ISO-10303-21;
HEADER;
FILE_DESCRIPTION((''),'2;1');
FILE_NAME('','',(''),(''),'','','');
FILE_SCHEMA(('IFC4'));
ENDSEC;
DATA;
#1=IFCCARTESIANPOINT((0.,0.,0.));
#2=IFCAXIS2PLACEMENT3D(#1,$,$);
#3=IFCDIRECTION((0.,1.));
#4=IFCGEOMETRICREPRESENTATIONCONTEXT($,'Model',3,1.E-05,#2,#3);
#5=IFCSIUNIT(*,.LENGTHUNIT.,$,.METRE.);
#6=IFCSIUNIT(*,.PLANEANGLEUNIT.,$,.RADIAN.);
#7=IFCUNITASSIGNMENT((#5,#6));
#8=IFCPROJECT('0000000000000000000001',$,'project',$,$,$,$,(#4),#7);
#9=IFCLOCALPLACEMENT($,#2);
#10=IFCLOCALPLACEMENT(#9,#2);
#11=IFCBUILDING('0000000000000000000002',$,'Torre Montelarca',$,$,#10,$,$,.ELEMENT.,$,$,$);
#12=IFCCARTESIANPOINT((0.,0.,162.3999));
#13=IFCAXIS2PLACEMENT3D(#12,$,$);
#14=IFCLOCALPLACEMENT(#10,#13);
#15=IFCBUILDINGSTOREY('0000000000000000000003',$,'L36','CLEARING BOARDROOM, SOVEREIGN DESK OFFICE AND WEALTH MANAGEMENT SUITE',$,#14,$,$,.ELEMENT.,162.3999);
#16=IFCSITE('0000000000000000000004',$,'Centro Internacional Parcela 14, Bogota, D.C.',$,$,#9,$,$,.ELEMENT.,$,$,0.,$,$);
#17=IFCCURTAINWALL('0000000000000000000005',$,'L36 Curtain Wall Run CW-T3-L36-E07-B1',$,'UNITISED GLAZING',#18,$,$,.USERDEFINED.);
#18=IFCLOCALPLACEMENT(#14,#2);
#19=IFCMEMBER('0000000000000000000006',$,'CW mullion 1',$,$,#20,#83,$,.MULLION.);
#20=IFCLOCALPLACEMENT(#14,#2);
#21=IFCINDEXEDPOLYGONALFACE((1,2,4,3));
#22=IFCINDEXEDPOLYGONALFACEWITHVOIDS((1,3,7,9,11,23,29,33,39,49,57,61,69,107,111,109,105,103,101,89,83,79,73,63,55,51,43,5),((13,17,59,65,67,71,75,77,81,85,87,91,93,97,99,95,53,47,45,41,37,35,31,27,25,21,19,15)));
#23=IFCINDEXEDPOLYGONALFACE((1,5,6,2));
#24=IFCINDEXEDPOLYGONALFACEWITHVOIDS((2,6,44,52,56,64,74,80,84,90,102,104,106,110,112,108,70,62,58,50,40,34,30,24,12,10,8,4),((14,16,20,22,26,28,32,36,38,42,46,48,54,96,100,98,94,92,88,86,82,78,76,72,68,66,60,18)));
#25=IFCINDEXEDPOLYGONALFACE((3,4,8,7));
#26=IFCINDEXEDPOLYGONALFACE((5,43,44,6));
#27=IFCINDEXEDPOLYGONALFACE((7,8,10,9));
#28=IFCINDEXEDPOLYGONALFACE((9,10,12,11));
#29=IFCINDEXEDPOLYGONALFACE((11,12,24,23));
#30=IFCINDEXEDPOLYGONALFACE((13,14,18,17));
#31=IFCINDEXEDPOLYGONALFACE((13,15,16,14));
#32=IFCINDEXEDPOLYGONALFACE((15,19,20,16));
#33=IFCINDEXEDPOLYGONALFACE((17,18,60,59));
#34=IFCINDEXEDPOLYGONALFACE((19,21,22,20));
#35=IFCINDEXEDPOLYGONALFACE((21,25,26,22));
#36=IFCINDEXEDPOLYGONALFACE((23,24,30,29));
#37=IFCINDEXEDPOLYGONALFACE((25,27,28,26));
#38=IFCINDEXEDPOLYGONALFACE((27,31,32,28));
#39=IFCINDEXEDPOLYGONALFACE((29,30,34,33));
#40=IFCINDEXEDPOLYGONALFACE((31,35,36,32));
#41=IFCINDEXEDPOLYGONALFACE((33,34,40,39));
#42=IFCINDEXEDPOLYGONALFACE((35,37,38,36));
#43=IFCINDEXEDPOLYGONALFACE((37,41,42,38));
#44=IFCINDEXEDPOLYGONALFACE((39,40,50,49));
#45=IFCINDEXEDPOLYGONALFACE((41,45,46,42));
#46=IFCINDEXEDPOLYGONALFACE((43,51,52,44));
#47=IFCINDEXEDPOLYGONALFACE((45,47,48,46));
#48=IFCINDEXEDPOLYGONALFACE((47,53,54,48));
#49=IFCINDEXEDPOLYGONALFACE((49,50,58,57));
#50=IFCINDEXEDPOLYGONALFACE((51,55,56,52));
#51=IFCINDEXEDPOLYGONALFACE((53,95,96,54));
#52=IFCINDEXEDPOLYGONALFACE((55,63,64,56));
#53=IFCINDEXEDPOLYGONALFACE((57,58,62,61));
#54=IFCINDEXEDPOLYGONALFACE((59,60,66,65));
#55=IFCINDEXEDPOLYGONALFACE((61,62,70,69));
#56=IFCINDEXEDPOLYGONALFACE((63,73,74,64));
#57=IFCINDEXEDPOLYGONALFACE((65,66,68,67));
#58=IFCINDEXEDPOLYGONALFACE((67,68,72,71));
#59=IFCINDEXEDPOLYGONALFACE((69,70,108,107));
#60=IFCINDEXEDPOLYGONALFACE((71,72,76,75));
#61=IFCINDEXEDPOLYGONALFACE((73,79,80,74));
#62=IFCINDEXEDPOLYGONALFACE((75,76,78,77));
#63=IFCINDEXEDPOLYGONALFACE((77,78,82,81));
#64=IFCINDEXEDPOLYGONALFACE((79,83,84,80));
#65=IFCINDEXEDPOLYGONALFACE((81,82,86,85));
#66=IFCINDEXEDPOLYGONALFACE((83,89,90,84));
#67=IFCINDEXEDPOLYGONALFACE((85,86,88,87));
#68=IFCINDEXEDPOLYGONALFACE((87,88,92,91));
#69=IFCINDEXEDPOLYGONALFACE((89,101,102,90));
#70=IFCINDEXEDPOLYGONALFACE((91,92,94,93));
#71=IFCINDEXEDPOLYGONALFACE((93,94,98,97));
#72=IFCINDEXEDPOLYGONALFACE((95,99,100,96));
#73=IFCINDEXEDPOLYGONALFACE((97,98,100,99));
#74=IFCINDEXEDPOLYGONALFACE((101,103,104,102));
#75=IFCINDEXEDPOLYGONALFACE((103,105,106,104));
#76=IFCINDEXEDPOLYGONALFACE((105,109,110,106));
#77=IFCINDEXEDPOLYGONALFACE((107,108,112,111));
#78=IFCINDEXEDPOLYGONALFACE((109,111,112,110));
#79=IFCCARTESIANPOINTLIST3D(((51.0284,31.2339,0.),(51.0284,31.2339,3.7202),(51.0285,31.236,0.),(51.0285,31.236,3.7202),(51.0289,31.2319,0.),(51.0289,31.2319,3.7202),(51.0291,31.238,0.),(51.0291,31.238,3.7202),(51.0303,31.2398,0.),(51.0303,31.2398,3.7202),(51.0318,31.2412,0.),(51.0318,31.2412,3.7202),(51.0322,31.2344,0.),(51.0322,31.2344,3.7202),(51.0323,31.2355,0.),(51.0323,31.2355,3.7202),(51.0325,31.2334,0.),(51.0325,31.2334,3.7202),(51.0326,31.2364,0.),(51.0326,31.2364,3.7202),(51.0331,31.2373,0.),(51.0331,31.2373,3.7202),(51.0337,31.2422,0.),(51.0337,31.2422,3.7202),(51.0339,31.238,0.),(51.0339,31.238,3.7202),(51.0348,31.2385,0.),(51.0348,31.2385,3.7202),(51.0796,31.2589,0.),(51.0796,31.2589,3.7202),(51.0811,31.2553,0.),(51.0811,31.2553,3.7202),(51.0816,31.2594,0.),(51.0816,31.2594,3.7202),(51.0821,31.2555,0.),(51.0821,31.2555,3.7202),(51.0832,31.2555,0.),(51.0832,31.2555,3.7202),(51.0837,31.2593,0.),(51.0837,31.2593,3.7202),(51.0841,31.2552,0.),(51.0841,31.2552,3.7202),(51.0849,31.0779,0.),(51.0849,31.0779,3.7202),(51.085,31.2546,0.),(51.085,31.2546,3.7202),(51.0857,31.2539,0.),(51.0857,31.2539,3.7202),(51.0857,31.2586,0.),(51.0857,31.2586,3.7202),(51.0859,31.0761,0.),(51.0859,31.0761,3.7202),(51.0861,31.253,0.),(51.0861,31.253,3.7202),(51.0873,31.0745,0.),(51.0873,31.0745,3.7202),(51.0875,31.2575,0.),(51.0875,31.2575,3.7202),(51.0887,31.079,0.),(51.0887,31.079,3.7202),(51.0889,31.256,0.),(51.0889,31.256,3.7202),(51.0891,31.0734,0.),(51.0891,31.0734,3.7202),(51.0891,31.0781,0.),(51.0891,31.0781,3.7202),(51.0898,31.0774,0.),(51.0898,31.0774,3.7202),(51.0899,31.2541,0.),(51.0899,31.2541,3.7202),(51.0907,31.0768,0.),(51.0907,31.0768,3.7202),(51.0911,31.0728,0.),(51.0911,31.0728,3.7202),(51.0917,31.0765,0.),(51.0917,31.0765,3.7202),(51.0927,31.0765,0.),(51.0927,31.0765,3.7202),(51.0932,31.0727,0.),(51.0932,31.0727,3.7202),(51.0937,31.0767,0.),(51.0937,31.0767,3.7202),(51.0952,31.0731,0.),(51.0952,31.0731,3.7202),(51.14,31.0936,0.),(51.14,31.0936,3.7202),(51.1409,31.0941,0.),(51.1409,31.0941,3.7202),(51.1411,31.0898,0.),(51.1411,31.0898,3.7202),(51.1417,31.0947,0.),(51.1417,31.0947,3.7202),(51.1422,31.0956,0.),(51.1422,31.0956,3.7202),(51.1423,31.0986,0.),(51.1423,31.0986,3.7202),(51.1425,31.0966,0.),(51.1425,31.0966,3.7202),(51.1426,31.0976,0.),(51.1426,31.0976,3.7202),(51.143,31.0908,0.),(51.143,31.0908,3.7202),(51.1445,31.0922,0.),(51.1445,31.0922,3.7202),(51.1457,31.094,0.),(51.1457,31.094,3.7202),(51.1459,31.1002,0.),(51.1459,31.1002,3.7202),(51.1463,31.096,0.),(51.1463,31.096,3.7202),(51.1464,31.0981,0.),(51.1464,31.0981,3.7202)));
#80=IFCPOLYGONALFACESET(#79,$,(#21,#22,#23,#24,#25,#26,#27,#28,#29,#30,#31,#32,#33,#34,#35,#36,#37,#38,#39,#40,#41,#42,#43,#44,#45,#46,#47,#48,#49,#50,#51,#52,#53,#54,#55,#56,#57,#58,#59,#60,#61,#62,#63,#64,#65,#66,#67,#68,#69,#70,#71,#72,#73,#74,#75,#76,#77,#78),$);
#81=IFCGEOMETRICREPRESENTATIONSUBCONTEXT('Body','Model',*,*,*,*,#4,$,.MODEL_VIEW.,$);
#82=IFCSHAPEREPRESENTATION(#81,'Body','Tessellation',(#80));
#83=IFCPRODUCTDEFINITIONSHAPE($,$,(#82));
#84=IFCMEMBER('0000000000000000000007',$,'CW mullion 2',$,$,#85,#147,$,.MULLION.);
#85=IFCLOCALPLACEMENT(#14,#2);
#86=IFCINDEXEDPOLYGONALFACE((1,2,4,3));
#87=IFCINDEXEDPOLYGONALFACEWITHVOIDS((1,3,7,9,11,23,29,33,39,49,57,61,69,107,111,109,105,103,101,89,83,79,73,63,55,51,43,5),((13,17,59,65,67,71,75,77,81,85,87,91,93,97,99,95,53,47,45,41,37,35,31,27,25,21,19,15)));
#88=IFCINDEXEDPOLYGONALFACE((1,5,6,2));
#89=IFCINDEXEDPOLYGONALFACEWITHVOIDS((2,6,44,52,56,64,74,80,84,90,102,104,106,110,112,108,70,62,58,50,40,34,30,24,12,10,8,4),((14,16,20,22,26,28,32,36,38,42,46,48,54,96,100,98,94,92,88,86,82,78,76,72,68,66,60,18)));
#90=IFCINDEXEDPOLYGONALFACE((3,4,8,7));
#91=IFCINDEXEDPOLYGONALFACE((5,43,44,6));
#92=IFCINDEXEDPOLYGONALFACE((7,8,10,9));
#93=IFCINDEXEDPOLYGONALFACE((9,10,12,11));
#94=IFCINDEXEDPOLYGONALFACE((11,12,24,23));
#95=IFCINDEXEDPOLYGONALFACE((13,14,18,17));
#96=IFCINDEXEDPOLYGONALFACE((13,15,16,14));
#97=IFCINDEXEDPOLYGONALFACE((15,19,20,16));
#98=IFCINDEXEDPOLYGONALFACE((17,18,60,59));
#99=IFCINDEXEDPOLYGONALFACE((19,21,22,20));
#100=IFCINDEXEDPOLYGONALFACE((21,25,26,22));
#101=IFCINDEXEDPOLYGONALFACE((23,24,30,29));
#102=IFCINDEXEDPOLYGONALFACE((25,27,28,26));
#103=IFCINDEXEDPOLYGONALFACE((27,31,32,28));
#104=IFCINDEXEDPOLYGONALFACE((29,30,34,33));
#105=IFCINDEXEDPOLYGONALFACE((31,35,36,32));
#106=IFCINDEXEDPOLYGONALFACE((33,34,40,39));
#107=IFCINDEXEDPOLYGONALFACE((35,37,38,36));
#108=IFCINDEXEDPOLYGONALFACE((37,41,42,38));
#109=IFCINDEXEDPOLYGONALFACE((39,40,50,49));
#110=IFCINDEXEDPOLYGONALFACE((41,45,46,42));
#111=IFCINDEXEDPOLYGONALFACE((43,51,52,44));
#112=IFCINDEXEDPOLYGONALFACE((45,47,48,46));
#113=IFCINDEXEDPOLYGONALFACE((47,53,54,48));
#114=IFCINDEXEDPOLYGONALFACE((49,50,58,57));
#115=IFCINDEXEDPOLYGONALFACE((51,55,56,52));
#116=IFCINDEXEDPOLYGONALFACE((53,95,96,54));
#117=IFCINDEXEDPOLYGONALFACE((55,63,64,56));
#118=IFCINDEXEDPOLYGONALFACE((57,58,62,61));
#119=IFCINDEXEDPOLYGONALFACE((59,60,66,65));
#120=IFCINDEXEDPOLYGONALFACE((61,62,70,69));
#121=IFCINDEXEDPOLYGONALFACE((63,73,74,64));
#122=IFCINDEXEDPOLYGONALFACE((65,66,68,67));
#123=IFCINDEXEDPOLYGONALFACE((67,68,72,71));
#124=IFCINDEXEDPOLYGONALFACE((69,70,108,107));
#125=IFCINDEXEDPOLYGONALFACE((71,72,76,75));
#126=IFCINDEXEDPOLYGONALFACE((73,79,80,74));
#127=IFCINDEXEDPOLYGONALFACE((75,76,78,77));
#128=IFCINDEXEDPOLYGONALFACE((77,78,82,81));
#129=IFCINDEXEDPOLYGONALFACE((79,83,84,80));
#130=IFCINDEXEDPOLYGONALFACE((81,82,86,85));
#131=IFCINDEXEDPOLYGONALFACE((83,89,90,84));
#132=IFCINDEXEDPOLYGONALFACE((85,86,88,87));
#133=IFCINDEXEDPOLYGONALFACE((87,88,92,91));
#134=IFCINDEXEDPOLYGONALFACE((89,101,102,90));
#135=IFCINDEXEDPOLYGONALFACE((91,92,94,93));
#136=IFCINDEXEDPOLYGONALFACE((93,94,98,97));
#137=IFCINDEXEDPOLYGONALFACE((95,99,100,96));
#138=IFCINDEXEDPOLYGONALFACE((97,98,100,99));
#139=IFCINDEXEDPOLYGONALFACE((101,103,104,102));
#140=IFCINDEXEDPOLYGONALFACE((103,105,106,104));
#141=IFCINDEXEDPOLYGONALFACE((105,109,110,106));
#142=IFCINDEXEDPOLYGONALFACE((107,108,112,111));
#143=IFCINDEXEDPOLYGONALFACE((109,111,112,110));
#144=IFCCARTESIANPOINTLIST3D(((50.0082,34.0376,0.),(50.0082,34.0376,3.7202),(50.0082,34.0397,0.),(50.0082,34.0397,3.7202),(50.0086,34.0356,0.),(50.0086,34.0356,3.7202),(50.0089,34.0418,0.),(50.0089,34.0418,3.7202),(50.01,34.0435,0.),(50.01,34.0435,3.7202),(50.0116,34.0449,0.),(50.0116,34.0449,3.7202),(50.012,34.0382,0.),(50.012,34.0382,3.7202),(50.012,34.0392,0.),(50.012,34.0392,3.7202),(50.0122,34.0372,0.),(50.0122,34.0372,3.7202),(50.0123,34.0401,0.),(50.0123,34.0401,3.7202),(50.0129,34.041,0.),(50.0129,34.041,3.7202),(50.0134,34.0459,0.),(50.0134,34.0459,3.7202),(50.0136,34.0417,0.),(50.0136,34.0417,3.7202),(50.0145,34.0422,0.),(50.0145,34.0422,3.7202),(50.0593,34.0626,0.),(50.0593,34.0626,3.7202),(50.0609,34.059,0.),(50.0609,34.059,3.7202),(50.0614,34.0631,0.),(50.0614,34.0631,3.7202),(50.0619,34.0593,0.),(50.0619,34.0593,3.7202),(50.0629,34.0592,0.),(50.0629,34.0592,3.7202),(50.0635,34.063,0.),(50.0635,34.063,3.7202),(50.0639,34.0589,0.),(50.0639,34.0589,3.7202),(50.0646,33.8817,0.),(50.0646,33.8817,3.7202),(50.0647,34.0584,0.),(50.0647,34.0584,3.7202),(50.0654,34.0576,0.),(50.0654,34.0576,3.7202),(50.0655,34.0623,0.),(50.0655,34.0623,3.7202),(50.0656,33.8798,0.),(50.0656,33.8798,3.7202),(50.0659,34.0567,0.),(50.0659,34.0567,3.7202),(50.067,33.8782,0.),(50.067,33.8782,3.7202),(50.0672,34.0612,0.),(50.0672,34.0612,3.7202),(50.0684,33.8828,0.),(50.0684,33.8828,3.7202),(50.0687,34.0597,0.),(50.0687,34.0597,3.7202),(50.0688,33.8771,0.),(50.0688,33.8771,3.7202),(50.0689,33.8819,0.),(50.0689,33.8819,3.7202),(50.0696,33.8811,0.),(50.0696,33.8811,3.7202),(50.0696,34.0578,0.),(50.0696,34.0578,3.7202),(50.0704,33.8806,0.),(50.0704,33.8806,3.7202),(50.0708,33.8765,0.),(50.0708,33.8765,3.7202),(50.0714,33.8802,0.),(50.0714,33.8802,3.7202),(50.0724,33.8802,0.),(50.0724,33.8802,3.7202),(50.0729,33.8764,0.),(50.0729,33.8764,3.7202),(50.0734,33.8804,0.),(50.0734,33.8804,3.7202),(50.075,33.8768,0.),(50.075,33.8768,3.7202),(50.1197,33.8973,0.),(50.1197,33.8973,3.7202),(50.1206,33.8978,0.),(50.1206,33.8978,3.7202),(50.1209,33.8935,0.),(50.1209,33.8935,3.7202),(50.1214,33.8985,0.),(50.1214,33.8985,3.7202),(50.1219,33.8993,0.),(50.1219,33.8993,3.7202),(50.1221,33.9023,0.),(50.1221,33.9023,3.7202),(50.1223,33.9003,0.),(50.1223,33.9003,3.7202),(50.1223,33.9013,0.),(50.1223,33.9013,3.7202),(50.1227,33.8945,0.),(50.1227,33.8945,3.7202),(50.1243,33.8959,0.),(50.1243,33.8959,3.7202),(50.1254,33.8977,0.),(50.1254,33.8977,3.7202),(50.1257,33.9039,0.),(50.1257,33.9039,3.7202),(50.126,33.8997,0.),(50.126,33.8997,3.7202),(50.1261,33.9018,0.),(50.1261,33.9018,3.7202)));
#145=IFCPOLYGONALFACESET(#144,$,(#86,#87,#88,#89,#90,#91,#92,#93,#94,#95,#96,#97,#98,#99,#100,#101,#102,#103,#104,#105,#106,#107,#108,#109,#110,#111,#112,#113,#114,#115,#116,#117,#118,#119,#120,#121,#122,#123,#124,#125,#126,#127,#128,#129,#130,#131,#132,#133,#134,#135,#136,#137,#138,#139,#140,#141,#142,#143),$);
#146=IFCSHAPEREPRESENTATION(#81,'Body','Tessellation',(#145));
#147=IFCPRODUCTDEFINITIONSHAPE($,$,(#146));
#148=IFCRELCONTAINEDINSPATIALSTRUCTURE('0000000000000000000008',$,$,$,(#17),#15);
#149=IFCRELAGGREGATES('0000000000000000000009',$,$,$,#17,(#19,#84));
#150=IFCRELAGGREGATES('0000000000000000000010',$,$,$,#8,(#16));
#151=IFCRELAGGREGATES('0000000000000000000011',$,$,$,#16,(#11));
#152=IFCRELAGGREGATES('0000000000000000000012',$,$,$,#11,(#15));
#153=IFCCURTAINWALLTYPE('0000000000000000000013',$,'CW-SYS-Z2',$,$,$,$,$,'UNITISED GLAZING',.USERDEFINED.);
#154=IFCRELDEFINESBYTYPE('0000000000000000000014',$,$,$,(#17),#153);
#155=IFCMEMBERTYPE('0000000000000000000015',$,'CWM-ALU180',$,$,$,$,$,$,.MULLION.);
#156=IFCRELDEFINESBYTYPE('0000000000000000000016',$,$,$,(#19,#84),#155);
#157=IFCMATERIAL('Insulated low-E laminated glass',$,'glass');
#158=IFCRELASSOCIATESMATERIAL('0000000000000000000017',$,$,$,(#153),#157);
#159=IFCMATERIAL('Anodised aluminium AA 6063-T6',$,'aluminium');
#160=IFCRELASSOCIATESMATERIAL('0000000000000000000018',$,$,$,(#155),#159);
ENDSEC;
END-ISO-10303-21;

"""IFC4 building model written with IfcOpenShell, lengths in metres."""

from ifc_helpers import new_model, si_unit, direction, frame, origin, origin_2d, place, context, subcontext, project, spatial, hollow_rectangle, extrude, source, transform, mapped, material, material_profile, profile_set, type_object, element, aggregate, save


model = new_model("IFC4")

# Units and contexts
model_context = context("Model", 3, precision=1e-05, world=origin(), true_north=direction((0.0, 1.0)))
body_context = subcontext(model_context, "Body", "Model", "MODEL_VIEW")
ifc_project = project(units=[si_unit("LENGTHUNIT", "METRE"), si_unit("PLANEANGLEUNIT", "RADIAN")], contexts=[model_context])

# Site, building, storey
site_placement = place(None, origin())
site = spatial("IfcSite", under=ifc_project, at=site_placement, Name="Centro Internacional Parcela 14, Bogota, D.C.", CompositionType="ELEMENT", RefElevation=0.0)
building_placement = place(site_placement, origin())
building = spatial("IfcBuilding", under=site, at=building_placement, Name="Torre Montelarca", CompositionType="ELEMENT")
storey_placement = place(building_placement, frame((0.0, 0.0, 162.3999)))
storey = spatial("IfcBuildingStorey", under=building, at=storey_placement, Name="L36", Description="CLEARING BOARDROOM, SOVEREIGN DESK OFFICE AND WEALTH MANAGEMENT SUITE", CompositionType="ELEMENT", Elevation=162.3999)

# Curtain wall, members
ifc_material_1 = material(Name="Insulated low-E laminated glass", Category="glass")
curtain_wall_type = type_object("IfcCurtainWallType", Name="CW-SYS-Z2", ElementType="UNITISED GLAZING", PredefinedType="USERDEFINED", material=ifc_material_1)
curtain_wall_1_placement = place(storey_placement, origin())
curtain_wall_1 = element("IfcCurtainWall", 1, at=curtain_wall_1_placement, inside=storey, type_object=curtain_wall_type, Name="L36 Curtain Wall Run CW-T3-L36-E07-B1", ObjectType="UNITISED GLAZING", PredefinedType="USERDEFINED")
ifc_material_2 = material(Name="Anodised aluminium AA 6063-T6", Category="aluminium")
ifc_material_profile_1 = material_profile(ifc_material_2, hollow_rectangle(XDim=0.0649, YDim=0.1799, WallThickness=0.0039, InnerFilletRadius=0.0039, OuterFilletRadius=0.0081, at=origin_2d()), Name="ALU65X180X4", Category="aluminium")
ifc_profile_set_1 = profile_set([ifc_material_profile_1], Name="Anodised aluminium AA 6063-T6")
member_type_1 = type_object("IfcMemberType", Name="CWM-ALU180", PredefinedType="MULLION", material=ifc_profile_set_1)
shared_shape_1 = source(origin(), body_context, "Body", "SweptSolid", [
    extrude(hollow_rectangle(XDim=0.0649, YDim=0.1799, WallThickness=0.0039, InnerFilletRadius=0.0039, OuterFilletRadius=0.0081, at=origin_2d()), origin(), (0.0, 0.0, 1.0), 3.7202),
])
member_1_placement = place(storey_placement, frame((51.0874, 31.166, 0.0), z_axis=(0.0, 0.0, 1.0), x_axis=(-0.939692, -0.342021, 0.0)))
member_1 = element("IfcMember", 2, at=member_1_placement, type_object=member_type_1, Name="CW mullion 1", PredefinedType="MULLION", context=body_context, shape_type="MappedRepresentation", body=[
    mapped(shared_shape_1, transform((0.0, 0.0, 0.0), scale=1.0)),
])
member_2_placement = place(storey_placement, frame((50.0671, 33.9697, 0.0), z_axis=(0.0, 0.0, 1.0), x_axis=(-0.939692, -0.342021, 0.0)))
member_2 = element("IfcMember", 3, at=member_2_placement, type_object=member_type_1, Name="CW mullion 2", PredefinedType="MULLION", context=body_context, shape_type="MappedRepresentation", body=[
    mapped(shared_shape_1, transform((0.0, 0.0, 0.0), scale=1.0)),
])

aggregate(curtain_wall_1, [member_1, member_2])

save(model, "model.ifc")
